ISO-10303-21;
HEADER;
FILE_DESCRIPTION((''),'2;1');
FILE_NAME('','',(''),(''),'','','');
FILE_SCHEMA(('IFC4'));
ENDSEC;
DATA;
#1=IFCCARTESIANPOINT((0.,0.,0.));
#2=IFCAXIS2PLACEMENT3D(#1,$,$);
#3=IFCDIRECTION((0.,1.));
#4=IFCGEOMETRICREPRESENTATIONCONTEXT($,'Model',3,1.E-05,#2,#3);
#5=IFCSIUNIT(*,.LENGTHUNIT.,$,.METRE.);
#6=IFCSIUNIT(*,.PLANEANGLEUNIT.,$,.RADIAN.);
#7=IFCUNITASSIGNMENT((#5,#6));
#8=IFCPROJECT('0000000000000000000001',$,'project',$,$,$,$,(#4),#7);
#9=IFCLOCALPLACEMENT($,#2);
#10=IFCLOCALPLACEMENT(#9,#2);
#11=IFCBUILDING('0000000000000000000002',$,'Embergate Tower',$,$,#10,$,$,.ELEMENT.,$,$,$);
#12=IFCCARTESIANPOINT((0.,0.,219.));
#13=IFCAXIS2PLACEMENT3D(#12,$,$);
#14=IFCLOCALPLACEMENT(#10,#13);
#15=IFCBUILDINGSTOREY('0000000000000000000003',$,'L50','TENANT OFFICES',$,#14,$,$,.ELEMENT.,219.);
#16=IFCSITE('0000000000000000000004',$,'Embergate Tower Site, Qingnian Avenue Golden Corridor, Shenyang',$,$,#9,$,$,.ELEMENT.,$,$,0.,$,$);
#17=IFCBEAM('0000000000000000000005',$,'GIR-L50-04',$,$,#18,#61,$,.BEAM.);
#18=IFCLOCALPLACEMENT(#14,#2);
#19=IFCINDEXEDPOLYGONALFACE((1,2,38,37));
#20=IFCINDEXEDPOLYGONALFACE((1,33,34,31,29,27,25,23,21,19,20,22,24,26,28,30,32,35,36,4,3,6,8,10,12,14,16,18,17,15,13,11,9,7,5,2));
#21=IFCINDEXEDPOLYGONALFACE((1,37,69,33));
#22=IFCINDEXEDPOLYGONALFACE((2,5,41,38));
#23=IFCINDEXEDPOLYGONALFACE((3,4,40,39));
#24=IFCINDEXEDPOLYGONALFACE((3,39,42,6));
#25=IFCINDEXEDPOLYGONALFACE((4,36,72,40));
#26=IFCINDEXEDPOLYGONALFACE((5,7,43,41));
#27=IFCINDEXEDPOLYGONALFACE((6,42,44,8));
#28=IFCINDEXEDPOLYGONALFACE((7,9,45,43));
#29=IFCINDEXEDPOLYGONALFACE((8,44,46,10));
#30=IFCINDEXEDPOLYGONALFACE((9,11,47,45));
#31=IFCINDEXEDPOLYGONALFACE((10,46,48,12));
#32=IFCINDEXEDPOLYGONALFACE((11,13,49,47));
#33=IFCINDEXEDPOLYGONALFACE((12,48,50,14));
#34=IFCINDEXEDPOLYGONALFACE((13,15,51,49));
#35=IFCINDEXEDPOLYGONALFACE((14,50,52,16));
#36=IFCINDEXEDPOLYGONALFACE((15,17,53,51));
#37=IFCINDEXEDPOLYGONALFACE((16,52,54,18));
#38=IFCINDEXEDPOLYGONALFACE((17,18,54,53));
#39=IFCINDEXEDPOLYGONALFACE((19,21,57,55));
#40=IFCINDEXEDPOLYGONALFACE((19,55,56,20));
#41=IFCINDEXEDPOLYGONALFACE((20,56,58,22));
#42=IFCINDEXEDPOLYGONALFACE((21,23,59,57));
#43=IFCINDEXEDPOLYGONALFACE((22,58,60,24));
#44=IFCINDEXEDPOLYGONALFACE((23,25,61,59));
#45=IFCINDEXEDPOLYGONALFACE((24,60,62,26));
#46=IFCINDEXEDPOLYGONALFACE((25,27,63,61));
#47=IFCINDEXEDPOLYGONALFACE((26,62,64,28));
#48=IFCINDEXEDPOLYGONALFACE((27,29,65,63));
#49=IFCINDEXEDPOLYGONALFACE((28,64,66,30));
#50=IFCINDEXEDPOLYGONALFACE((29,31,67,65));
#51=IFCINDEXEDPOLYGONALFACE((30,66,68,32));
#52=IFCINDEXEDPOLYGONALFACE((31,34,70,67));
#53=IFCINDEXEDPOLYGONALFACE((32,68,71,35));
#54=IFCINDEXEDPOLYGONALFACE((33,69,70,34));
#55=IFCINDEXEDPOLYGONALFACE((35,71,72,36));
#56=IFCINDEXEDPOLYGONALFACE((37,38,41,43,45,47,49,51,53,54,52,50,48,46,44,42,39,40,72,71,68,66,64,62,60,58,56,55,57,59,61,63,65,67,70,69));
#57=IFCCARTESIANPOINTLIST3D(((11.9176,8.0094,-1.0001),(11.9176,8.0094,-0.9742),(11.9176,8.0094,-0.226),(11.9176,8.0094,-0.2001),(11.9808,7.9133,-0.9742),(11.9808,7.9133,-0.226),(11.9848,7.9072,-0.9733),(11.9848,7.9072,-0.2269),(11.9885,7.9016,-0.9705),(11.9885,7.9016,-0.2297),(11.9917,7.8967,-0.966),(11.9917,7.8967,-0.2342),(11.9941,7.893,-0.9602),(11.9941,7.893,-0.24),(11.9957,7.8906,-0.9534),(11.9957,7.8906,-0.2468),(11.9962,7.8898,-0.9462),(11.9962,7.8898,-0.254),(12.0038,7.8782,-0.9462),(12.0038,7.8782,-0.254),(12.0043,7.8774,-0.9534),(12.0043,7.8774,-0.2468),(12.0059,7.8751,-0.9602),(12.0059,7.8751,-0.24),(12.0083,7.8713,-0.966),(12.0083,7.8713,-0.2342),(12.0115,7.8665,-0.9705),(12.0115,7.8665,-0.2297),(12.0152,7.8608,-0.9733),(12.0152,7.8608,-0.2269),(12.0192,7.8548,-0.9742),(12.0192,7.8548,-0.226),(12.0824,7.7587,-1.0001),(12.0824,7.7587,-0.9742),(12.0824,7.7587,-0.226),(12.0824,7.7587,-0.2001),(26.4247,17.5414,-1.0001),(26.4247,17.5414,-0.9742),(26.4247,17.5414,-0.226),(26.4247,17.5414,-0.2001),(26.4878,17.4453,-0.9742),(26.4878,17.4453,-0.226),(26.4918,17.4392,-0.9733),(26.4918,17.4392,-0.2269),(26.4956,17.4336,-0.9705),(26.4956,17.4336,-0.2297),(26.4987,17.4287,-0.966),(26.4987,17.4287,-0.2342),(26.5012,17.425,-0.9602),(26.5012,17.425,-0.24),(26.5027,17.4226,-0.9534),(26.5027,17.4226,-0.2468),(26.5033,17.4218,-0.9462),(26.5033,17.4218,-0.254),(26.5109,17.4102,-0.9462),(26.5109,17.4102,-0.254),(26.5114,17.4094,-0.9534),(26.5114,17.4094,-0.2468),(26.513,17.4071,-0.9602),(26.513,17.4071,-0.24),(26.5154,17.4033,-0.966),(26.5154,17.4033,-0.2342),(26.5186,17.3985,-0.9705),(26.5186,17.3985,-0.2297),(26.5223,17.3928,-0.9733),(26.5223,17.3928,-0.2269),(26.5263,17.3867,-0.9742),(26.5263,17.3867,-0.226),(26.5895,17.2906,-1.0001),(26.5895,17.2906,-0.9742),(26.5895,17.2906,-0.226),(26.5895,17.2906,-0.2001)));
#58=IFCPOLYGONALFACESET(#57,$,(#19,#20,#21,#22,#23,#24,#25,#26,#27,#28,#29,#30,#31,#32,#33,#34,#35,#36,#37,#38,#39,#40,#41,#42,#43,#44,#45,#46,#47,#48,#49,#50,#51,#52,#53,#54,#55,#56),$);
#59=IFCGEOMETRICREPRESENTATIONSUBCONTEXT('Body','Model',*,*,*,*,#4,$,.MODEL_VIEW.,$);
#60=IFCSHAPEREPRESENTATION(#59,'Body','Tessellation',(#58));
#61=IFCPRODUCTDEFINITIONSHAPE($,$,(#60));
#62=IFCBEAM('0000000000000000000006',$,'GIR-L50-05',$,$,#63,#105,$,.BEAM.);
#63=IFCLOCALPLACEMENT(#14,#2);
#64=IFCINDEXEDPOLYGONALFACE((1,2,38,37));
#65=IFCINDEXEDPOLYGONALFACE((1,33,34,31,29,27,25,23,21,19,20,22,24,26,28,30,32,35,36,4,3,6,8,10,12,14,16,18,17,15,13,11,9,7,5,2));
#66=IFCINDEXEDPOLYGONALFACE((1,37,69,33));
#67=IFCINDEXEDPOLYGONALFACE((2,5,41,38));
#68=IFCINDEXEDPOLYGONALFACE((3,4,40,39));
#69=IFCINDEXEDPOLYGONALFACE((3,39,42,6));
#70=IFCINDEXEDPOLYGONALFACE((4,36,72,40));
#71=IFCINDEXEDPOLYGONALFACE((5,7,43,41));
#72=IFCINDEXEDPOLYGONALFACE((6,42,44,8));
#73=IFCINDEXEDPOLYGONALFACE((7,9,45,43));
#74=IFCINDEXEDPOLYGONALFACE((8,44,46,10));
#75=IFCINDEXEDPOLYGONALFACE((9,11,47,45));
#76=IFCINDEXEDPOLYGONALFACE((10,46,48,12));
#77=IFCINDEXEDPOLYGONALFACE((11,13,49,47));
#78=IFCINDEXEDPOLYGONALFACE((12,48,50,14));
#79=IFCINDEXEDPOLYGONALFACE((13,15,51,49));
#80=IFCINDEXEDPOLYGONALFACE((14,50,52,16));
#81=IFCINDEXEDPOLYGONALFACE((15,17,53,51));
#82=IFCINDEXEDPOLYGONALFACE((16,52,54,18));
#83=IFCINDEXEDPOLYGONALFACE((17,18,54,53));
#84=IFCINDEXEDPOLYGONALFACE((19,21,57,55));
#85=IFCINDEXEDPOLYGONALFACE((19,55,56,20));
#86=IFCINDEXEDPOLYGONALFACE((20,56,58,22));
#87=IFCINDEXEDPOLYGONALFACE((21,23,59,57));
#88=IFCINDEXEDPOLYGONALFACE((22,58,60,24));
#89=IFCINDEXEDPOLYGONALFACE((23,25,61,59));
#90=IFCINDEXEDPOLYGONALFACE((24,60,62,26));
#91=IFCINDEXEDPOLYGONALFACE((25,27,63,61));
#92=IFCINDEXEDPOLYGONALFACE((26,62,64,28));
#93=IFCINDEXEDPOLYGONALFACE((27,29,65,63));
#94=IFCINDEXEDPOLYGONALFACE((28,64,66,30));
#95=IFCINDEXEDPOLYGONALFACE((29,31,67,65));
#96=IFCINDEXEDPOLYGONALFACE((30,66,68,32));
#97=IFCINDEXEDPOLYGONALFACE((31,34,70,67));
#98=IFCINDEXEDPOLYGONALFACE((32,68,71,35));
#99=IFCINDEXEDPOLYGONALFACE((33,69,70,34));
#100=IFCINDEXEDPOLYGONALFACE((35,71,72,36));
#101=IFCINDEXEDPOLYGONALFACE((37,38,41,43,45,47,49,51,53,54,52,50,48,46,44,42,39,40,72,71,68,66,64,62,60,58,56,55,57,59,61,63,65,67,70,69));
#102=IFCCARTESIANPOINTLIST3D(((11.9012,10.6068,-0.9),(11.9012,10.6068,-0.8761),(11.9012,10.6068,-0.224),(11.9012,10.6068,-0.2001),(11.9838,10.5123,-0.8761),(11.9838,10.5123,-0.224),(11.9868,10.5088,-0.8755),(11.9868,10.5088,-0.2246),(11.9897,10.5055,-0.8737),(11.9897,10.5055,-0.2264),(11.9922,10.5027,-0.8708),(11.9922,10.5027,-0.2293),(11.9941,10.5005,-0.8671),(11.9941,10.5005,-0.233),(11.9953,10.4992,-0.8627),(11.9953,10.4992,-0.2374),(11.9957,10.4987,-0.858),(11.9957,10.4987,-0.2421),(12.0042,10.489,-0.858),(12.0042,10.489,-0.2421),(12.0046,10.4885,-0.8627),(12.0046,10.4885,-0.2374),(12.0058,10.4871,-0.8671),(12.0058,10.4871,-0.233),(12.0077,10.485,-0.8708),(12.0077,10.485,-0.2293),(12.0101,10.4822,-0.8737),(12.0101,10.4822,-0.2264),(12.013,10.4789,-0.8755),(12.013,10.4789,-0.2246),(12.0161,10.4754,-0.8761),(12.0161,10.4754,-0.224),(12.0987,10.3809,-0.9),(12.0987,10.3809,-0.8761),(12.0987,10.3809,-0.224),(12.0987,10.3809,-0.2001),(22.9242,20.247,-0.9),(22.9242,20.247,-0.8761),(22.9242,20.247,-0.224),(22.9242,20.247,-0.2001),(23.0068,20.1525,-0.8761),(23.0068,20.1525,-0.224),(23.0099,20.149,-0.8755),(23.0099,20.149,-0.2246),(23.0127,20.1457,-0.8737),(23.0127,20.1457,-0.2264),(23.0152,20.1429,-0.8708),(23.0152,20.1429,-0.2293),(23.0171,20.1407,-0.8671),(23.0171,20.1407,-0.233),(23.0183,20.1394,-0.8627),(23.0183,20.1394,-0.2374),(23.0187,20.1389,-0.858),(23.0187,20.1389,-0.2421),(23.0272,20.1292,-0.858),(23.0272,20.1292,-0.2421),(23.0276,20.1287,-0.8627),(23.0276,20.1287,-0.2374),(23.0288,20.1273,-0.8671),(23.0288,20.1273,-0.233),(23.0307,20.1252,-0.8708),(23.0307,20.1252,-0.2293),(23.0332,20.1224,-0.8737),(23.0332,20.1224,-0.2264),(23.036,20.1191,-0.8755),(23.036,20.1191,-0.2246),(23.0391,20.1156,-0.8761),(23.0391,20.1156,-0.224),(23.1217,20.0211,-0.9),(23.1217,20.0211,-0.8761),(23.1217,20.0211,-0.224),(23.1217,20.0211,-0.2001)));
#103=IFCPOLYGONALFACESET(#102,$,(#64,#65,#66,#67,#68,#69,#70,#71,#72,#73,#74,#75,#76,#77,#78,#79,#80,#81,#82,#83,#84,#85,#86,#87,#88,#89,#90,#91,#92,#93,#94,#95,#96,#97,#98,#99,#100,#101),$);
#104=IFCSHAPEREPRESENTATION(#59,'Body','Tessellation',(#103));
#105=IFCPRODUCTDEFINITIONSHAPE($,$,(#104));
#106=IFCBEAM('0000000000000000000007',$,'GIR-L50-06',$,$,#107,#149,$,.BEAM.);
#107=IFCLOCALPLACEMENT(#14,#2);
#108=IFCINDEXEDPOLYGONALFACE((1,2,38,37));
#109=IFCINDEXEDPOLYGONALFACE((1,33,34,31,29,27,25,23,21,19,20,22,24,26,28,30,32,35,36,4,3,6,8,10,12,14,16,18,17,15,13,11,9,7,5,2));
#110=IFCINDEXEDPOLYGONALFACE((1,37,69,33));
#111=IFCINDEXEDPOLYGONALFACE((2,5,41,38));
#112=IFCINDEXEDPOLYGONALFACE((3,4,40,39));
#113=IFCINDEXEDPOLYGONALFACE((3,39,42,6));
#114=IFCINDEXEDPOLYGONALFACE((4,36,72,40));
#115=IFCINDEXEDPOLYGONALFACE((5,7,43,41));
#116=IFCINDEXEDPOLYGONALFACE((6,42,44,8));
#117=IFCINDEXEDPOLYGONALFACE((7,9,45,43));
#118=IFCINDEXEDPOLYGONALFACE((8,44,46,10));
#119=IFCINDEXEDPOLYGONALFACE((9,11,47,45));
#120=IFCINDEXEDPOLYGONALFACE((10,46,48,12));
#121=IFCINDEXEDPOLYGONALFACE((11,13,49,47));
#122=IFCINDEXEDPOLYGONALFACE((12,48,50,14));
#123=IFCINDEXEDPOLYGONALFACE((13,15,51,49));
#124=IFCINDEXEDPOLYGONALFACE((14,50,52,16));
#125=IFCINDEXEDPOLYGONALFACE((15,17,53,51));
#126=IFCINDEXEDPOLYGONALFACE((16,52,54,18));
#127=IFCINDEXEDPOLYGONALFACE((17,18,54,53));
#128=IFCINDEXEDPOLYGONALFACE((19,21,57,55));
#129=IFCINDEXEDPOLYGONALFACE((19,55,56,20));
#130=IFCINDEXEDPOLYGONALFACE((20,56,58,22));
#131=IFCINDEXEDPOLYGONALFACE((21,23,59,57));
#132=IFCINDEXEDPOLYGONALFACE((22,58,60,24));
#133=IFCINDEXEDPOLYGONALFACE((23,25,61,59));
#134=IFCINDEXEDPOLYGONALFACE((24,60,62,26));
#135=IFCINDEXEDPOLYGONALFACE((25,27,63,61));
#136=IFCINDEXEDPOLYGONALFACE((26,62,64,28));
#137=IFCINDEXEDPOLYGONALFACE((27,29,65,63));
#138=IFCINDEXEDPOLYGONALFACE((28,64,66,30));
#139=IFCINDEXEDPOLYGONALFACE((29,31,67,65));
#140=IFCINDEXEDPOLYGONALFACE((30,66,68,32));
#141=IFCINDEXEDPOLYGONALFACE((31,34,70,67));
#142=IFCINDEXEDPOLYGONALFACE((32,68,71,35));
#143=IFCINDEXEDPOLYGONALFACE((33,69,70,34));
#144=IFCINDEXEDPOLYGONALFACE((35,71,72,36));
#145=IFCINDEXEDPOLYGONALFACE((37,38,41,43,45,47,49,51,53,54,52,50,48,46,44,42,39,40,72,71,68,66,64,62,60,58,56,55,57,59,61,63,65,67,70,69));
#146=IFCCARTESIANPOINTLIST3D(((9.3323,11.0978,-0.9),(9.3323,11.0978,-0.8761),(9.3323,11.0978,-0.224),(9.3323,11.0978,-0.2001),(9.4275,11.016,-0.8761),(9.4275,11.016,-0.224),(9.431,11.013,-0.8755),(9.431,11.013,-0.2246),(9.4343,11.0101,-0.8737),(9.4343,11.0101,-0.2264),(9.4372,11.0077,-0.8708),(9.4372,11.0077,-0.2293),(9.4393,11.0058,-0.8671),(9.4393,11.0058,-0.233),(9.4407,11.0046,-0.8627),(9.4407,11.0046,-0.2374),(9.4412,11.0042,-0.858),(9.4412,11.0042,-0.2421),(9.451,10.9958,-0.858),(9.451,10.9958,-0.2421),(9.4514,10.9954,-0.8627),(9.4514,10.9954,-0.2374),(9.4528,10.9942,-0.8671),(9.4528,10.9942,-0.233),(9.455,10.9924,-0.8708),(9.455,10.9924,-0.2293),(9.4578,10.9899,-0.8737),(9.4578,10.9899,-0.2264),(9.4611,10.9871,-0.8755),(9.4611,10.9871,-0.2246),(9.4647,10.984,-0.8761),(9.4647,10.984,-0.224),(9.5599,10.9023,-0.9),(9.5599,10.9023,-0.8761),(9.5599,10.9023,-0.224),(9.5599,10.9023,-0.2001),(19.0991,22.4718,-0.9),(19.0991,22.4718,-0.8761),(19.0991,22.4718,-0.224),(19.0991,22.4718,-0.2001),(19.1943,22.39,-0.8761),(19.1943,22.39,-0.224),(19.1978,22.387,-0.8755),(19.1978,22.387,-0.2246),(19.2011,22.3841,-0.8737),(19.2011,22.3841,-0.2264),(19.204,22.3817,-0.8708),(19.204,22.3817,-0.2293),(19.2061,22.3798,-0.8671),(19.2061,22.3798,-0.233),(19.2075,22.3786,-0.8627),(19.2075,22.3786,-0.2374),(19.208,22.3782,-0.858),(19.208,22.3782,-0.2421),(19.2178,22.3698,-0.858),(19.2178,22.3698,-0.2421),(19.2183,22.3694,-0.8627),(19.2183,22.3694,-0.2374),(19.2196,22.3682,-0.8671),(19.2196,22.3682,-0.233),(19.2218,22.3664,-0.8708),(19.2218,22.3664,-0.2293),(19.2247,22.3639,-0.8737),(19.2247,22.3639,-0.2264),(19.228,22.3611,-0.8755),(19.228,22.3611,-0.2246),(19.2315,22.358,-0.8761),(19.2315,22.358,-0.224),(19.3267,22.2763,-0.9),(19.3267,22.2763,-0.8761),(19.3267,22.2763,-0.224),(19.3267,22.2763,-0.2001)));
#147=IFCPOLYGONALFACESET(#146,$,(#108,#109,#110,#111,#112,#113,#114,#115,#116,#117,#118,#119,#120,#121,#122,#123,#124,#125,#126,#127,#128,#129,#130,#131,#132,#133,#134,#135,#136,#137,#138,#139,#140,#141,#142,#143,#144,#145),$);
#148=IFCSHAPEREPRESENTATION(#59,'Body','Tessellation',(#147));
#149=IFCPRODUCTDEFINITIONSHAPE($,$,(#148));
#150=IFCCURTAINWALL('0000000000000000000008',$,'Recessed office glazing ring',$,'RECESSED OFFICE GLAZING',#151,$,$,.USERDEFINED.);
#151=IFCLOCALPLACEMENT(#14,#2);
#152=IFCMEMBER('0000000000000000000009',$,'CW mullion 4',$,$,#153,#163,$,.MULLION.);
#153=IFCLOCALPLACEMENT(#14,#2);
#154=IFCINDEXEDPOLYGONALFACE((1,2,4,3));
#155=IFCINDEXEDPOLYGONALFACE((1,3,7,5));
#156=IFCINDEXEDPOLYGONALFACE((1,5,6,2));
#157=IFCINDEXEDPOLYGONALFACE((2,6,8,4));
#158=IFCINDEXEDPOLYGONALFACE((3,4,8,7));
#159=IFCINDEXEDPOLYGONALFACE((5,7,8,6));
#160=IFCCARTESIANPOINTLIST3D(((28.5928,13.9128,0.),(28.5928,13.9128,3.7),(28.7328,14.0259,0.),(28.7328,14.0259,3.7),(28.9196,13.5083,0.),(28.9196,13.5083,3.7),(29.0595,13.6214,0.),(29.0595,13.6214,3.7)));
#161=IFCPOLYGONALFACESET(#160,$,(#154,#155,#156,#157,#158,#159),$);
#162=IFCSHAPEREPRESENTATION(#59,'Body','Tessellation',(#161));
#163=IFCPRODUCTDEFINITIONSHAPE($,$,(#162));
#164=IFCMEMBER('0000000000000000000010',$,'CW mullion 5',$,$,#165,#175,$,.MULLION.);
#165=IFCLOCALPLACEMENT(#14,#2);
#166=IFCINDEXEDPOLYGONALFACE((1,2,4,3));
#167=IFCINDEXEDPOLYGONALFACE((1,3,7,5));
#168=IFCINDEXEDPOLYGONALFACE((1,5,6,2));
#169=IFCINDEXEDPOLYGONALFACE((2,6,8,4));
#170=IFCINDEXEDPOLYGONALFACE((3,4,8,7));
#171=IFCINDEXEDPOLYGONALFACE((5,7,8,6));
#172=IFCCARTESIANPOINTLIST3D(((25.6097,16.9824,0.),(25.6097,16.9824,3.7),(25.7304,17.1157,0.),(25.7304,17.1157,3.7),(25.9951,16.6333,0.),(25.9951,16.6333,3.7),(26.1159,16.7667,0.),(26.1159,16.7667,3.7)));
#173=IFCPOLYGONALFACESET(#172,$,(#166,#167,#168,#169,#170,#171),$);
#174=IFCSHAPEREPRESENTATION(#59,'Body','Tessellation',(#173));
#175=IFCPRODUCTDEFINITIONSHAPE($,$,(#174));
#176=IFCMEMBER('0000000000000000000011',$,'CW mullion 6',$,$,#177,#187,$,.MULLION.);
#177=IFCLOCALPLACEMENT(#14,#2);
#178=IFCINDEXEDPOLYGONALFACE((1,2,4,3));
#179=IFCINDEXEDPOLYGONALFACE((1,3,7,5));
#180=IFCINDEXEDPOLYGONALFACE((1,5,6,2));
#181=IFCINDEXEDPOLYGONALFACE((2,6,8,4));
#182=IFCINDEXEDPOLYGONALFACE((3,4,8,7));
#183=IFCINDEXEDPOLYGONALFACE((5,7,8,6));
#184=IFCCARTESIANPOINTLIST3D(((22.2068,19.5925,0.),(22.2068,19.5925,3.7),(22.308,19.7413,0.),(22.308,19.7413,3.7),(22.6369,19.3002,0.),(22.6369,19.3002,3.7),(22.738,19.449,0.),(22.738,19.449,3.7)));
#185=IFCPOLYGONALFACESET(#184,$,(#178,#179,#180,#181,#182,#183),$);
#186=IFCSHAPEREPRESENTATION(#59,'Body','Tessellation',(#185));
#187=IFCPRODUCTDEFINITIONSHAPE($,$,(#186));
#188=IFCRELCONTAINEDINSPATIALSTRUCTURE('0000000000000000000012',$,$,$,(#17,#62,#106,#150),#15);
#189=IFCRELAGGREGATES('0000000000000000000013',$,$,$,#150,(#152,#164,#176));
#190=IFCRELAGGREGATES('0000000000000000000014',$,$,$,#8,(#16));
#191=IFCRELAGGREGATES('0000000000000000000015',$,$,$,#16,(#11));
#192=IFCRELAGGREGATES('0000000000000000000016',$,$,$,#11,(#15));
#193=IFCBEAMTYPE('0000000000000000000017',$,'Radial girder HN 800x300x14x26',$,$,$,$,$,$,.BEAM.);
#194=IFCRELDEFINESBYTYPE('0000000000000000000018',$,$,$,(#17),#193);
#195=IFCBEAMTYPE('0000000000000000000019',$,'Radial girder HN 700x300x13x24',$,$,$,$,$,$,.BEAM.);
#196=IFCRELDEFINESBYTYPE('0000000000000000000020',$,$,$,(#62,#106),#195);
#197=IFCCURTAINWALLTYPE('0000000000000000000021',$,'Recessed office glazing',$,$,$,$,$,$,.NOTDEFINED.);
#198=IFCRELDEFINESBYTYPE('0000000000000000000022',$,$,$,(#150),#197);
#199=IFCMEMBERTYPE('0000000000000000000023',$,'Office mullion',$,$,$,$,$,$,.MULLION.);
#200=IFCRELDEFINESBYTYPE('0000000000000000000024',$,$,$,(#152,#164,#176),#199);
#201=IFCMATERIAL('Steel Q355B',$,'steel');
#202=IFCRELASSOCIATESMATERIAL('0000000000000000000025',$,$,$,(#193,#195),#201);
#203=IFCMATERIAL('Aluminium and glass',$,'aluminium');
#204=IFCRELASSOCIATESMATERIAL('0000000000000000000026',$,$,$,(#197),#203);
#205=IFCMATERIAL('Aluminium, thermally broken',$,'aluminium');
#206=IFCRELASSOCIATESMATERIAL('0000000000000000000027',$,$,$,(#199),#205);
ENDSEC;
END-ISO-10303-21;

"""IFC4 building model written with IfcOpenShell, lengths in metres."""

from ifc_helpers import new_model, si_unit, direction, frame, origin, origin_2d, place, context, subcontext, project, spatial, rectangle, i_section, extrude, source, transform, mapped, material, material_profile, profile_set, type_object, element, aggregate, save


model = new_model("IFC4")

# Units and contexts
model_context = context("Model", 3, precision=1e-05, world=origin(), true_north=direction((0.0, 1.0)))
body_context = subcontext(model_context, "Body", "Model", "MODEL_VIEW")
ifc_project = project(units=[si_unit("LENGTHUNIT", "METRE"), si_unit("PLANEANGLEUNIT", "RADIAN")], contexts=[model_context])

# Site, building, storey
site_placement = place(None, origin())
site = spatial("IfcSite", under=ifc_project, at=site_placement, Name="Embergate Tower Site, Qingnian Avenue Golden Corridor, Shenyang", CompositionType="ELEMENT", RefElevation=0.0)
building_placement = place(site_placement, origin())
building = spatial("IfcBuilding", under=site, at=building_placement, Name="Embergate Tower", CompositionType="ELEMENT")
storey_placement = place(building_placement, frame((0.0, 0.0, 219.0)))
storey = spatial("IfcBuildingStorey", under=building, at=storey_placement, Name="L50", Description="TENANT OFFICES", CompositionType="ELEMENT", Elevation=219.0)

# Beams
ifc_material_1 = material(Name="Steel Q355B", Category="steel")
ifc_material_profile_1 = material_profile(ifc_material_1, i_section(OverallWidth=0.3, OverallDepth=0.8, WebThickness=0.0139, FlangeThickness=0.0259, FilletRadius=0.0281, at=origin_2d()), Name="HN 800x300x14x26")
ifc_profile_set_1 = profile_set([ifc_material_profile_1], Name="Steel Q355 grade B")
beam_type_1 = type_object("IfcBeamType", Name="Radial girder HN 800x300x14x26", PredefinedType="BEAM", material=ifc_profile_set_1)
shared_shape_1 = source(origin(), body_context, "Body", "SweptSolid", [
    extrude(i_section(OverallWidth=0.3, OverallDepth=0.8, WebThickness=0.0139, FlangeThickness=0.0259, FilletRadius=0.0281, at=origin_2d()), origin(), (0.0, 0.0, 1.0), 17.3584),
])
beam_1_placement = place(storey_placement, frame((26.5071, 17.416, -0.6001), z_axis=(-0.835738, -0.549128, 0.0), x_axis=(0.549128, -0.835738, 0.0)))
element("IfcBeam", 1, at=beam_1_placement, inside=storey, type_object=beam_type_1, Name="GIR-L50-04", PredefinedType="BEAM", context=body_context, shape_type="MappedRepresentation", body=[
    mapped(shared_shape_1, transform((0.0, 0.0, 0.0))),
])
ifc_material_profile_2 = material_profile(ifc_material_1, i_section(OverallWidth=0.3, OverallDepth=0.7, WebThickness=0.0129, FlangeThickness=0.0239, FilletRadius=0.0181, at=origin_2d()), Name="HN 700x300x13x24")
ifc_profile_set_2 = profile_set([ifc_material_profile_2], Name="Steel Q355 grade B")
beam_type_2 = type_object("IfcBeamType", Name="Radial girder HN 700x300x13x24", PredefinedType="BEAM", material=ifc_profile_set_2)
shared_shape_2 = source(origin(), body_context, "Body", "SweptSolid", [
    extrude(i_section(OverallWidth=0.3, OverallDepth=0.7, WebThickness=0.0129, FlangeThickness=0.0239, FilletRadius=0.0181, at=origin_2d()), origin(), (0.0, 0.0, 1.0), 14.6438),
])
beam_2_placement = place(storey_placement, frame((23.0229, 20.134, -0.55), z_axis=(-0.752744, -0.658313, 0.0), x_axis=(0.658313, -0.752744, 0.0)))
element("IfcBeam", 2, at=beam_2_placement, inside=storey, type_object=beam_type_2, Name="GIR-L50-05", PredefinedType="BEAM", context=body_context, shape_type="MappedRepresentation", body=[
    mapped(shared_shape_2, transform((0.0, 0.0, 0.0))),
])
shared_shape_3 = source(origin(), body_context, "Body", "SweptSolid", [
    extrude(i_section(OverallWidth=0.3, OverallDepth=0.7, WebThickness=0.0129, FlangeThickness=0.0239, FilletRadius=0.0181, at=origin_2d()), origin(), (0.0, 0.0, 1.0), 14.9919),
])
beam_3_placement = place(storey_placement, frame((19.2129, 22.374, -0.55), z_axis=(-0.651471, -0.758673, 0.0), x_axis=(0.758673, -0.651471, 0.0)))
element("IfcBeam", 3, at=beam_3_placement, inside=storey, type_object=beam_type_2, Name="GIR-L50-06", PredefinedType="BEAM", context=body_context, shape_type="MappedRepresentation", body=[
    mapped(shared_shape_3, transform((0.0, 0.0, 0.0))),
])

# Curtain wall, members
ifc_material_2 = material(Name="Aluminium and glass", Category="aluminium")
curtain_wall_type = type_object("IfcCurtainWallType", Name="Recessed office glazing", PredefinedType="NOTDEFINED", material=ifc_material_2)
curtain_wall_placement = place(storey_placement, origin())
curtain_wall = element("IfcCurtainWall", 4, at=curtain_wall_placement, inside=storey, type_object=curtain_wall_type, Name="Recessed office glazing ring", ObjectType="RECESSED OFFICE GLAZING", PredefinedType="USERDEFINED")
ifc_material_3 = material(Name="Aluminium, thermally broken", Category="aluminium")
ifc_material_profile_3 = material_profile(ifc_material_3, rectangle(XDim=0.1799, YDim=0.52, at=origin_2d()), Name="AL 520x180")
ifc_profile_set_3 = profile_set([ifc_material_profile_3], Name="Aluminium, thermally broken")
member_type_1 = type_object("IfcMemberType", Name="Office mullion", PredefinedType="MULLION", material=ifc_profile_set_3)
shared_shape_4 = source(origin(), body_context, "Body", "SweptSolid", [
    extrude(rectangle(XDim=0.1799, YDim=0.52, at=origin_2d()), origin(), (0.0, 0.0, 1.0), 3.7),
])
member_1_placement = place(storey_placement, frame((28.8262, 13.7671, 0.0), z_axis=(0.0, 0.0, 1.0), x_axis=(-0.777873, -0.628422, 0.0)))
member_1 = element("IfcMember", 5, at=member_1_placement, type_object=member_type_1, Name="CW mullion 4", PredefinedType="MULLION", context=body_context, shape_type="MappedRepresentation", body=[
    mapped(shared_shape_4, transform((0.0, 0.0, 0.0))),
])
member_2_placement = place(storey_placement, frame((25.8628, 16.8745, 0.0), z_axis=(0.0, 0.0, 1.0), x_axis=(-0.671228, -0.741251, 0.0)))
member_2 = element("IfcMember", 6, at=member_2_placement, type_object=member_type_1, Name="CW mullion 5", PredefinedType="MULLION", context=body_context, shape_type="MappedRepresentation", body=[
    mapped(shared_shape_4, transform((0.0, 0.0, 0.0))),
])
member_3_placement = place(storey_placement, frame((22.4724, 19.5208, 0.0), z_axis=(0.0, 0.0, 1.0), x_axis=(-0.562219, -0.826988, 0.0)))
member_3 = element("IfcMember", 7, at=member_3_placement, type_object=member_type_1, Name="CW mullion 6", PredefinedType="MULLION", context=body_context, shape_type="MappedRepresentation", body=[
    mapped(shared_shape_4, transform((0.0, 0.0, 0.0))),
])
aggregate(curtain_wall, [member_1, member_2, member_3])

save(model, "model.ifc")
